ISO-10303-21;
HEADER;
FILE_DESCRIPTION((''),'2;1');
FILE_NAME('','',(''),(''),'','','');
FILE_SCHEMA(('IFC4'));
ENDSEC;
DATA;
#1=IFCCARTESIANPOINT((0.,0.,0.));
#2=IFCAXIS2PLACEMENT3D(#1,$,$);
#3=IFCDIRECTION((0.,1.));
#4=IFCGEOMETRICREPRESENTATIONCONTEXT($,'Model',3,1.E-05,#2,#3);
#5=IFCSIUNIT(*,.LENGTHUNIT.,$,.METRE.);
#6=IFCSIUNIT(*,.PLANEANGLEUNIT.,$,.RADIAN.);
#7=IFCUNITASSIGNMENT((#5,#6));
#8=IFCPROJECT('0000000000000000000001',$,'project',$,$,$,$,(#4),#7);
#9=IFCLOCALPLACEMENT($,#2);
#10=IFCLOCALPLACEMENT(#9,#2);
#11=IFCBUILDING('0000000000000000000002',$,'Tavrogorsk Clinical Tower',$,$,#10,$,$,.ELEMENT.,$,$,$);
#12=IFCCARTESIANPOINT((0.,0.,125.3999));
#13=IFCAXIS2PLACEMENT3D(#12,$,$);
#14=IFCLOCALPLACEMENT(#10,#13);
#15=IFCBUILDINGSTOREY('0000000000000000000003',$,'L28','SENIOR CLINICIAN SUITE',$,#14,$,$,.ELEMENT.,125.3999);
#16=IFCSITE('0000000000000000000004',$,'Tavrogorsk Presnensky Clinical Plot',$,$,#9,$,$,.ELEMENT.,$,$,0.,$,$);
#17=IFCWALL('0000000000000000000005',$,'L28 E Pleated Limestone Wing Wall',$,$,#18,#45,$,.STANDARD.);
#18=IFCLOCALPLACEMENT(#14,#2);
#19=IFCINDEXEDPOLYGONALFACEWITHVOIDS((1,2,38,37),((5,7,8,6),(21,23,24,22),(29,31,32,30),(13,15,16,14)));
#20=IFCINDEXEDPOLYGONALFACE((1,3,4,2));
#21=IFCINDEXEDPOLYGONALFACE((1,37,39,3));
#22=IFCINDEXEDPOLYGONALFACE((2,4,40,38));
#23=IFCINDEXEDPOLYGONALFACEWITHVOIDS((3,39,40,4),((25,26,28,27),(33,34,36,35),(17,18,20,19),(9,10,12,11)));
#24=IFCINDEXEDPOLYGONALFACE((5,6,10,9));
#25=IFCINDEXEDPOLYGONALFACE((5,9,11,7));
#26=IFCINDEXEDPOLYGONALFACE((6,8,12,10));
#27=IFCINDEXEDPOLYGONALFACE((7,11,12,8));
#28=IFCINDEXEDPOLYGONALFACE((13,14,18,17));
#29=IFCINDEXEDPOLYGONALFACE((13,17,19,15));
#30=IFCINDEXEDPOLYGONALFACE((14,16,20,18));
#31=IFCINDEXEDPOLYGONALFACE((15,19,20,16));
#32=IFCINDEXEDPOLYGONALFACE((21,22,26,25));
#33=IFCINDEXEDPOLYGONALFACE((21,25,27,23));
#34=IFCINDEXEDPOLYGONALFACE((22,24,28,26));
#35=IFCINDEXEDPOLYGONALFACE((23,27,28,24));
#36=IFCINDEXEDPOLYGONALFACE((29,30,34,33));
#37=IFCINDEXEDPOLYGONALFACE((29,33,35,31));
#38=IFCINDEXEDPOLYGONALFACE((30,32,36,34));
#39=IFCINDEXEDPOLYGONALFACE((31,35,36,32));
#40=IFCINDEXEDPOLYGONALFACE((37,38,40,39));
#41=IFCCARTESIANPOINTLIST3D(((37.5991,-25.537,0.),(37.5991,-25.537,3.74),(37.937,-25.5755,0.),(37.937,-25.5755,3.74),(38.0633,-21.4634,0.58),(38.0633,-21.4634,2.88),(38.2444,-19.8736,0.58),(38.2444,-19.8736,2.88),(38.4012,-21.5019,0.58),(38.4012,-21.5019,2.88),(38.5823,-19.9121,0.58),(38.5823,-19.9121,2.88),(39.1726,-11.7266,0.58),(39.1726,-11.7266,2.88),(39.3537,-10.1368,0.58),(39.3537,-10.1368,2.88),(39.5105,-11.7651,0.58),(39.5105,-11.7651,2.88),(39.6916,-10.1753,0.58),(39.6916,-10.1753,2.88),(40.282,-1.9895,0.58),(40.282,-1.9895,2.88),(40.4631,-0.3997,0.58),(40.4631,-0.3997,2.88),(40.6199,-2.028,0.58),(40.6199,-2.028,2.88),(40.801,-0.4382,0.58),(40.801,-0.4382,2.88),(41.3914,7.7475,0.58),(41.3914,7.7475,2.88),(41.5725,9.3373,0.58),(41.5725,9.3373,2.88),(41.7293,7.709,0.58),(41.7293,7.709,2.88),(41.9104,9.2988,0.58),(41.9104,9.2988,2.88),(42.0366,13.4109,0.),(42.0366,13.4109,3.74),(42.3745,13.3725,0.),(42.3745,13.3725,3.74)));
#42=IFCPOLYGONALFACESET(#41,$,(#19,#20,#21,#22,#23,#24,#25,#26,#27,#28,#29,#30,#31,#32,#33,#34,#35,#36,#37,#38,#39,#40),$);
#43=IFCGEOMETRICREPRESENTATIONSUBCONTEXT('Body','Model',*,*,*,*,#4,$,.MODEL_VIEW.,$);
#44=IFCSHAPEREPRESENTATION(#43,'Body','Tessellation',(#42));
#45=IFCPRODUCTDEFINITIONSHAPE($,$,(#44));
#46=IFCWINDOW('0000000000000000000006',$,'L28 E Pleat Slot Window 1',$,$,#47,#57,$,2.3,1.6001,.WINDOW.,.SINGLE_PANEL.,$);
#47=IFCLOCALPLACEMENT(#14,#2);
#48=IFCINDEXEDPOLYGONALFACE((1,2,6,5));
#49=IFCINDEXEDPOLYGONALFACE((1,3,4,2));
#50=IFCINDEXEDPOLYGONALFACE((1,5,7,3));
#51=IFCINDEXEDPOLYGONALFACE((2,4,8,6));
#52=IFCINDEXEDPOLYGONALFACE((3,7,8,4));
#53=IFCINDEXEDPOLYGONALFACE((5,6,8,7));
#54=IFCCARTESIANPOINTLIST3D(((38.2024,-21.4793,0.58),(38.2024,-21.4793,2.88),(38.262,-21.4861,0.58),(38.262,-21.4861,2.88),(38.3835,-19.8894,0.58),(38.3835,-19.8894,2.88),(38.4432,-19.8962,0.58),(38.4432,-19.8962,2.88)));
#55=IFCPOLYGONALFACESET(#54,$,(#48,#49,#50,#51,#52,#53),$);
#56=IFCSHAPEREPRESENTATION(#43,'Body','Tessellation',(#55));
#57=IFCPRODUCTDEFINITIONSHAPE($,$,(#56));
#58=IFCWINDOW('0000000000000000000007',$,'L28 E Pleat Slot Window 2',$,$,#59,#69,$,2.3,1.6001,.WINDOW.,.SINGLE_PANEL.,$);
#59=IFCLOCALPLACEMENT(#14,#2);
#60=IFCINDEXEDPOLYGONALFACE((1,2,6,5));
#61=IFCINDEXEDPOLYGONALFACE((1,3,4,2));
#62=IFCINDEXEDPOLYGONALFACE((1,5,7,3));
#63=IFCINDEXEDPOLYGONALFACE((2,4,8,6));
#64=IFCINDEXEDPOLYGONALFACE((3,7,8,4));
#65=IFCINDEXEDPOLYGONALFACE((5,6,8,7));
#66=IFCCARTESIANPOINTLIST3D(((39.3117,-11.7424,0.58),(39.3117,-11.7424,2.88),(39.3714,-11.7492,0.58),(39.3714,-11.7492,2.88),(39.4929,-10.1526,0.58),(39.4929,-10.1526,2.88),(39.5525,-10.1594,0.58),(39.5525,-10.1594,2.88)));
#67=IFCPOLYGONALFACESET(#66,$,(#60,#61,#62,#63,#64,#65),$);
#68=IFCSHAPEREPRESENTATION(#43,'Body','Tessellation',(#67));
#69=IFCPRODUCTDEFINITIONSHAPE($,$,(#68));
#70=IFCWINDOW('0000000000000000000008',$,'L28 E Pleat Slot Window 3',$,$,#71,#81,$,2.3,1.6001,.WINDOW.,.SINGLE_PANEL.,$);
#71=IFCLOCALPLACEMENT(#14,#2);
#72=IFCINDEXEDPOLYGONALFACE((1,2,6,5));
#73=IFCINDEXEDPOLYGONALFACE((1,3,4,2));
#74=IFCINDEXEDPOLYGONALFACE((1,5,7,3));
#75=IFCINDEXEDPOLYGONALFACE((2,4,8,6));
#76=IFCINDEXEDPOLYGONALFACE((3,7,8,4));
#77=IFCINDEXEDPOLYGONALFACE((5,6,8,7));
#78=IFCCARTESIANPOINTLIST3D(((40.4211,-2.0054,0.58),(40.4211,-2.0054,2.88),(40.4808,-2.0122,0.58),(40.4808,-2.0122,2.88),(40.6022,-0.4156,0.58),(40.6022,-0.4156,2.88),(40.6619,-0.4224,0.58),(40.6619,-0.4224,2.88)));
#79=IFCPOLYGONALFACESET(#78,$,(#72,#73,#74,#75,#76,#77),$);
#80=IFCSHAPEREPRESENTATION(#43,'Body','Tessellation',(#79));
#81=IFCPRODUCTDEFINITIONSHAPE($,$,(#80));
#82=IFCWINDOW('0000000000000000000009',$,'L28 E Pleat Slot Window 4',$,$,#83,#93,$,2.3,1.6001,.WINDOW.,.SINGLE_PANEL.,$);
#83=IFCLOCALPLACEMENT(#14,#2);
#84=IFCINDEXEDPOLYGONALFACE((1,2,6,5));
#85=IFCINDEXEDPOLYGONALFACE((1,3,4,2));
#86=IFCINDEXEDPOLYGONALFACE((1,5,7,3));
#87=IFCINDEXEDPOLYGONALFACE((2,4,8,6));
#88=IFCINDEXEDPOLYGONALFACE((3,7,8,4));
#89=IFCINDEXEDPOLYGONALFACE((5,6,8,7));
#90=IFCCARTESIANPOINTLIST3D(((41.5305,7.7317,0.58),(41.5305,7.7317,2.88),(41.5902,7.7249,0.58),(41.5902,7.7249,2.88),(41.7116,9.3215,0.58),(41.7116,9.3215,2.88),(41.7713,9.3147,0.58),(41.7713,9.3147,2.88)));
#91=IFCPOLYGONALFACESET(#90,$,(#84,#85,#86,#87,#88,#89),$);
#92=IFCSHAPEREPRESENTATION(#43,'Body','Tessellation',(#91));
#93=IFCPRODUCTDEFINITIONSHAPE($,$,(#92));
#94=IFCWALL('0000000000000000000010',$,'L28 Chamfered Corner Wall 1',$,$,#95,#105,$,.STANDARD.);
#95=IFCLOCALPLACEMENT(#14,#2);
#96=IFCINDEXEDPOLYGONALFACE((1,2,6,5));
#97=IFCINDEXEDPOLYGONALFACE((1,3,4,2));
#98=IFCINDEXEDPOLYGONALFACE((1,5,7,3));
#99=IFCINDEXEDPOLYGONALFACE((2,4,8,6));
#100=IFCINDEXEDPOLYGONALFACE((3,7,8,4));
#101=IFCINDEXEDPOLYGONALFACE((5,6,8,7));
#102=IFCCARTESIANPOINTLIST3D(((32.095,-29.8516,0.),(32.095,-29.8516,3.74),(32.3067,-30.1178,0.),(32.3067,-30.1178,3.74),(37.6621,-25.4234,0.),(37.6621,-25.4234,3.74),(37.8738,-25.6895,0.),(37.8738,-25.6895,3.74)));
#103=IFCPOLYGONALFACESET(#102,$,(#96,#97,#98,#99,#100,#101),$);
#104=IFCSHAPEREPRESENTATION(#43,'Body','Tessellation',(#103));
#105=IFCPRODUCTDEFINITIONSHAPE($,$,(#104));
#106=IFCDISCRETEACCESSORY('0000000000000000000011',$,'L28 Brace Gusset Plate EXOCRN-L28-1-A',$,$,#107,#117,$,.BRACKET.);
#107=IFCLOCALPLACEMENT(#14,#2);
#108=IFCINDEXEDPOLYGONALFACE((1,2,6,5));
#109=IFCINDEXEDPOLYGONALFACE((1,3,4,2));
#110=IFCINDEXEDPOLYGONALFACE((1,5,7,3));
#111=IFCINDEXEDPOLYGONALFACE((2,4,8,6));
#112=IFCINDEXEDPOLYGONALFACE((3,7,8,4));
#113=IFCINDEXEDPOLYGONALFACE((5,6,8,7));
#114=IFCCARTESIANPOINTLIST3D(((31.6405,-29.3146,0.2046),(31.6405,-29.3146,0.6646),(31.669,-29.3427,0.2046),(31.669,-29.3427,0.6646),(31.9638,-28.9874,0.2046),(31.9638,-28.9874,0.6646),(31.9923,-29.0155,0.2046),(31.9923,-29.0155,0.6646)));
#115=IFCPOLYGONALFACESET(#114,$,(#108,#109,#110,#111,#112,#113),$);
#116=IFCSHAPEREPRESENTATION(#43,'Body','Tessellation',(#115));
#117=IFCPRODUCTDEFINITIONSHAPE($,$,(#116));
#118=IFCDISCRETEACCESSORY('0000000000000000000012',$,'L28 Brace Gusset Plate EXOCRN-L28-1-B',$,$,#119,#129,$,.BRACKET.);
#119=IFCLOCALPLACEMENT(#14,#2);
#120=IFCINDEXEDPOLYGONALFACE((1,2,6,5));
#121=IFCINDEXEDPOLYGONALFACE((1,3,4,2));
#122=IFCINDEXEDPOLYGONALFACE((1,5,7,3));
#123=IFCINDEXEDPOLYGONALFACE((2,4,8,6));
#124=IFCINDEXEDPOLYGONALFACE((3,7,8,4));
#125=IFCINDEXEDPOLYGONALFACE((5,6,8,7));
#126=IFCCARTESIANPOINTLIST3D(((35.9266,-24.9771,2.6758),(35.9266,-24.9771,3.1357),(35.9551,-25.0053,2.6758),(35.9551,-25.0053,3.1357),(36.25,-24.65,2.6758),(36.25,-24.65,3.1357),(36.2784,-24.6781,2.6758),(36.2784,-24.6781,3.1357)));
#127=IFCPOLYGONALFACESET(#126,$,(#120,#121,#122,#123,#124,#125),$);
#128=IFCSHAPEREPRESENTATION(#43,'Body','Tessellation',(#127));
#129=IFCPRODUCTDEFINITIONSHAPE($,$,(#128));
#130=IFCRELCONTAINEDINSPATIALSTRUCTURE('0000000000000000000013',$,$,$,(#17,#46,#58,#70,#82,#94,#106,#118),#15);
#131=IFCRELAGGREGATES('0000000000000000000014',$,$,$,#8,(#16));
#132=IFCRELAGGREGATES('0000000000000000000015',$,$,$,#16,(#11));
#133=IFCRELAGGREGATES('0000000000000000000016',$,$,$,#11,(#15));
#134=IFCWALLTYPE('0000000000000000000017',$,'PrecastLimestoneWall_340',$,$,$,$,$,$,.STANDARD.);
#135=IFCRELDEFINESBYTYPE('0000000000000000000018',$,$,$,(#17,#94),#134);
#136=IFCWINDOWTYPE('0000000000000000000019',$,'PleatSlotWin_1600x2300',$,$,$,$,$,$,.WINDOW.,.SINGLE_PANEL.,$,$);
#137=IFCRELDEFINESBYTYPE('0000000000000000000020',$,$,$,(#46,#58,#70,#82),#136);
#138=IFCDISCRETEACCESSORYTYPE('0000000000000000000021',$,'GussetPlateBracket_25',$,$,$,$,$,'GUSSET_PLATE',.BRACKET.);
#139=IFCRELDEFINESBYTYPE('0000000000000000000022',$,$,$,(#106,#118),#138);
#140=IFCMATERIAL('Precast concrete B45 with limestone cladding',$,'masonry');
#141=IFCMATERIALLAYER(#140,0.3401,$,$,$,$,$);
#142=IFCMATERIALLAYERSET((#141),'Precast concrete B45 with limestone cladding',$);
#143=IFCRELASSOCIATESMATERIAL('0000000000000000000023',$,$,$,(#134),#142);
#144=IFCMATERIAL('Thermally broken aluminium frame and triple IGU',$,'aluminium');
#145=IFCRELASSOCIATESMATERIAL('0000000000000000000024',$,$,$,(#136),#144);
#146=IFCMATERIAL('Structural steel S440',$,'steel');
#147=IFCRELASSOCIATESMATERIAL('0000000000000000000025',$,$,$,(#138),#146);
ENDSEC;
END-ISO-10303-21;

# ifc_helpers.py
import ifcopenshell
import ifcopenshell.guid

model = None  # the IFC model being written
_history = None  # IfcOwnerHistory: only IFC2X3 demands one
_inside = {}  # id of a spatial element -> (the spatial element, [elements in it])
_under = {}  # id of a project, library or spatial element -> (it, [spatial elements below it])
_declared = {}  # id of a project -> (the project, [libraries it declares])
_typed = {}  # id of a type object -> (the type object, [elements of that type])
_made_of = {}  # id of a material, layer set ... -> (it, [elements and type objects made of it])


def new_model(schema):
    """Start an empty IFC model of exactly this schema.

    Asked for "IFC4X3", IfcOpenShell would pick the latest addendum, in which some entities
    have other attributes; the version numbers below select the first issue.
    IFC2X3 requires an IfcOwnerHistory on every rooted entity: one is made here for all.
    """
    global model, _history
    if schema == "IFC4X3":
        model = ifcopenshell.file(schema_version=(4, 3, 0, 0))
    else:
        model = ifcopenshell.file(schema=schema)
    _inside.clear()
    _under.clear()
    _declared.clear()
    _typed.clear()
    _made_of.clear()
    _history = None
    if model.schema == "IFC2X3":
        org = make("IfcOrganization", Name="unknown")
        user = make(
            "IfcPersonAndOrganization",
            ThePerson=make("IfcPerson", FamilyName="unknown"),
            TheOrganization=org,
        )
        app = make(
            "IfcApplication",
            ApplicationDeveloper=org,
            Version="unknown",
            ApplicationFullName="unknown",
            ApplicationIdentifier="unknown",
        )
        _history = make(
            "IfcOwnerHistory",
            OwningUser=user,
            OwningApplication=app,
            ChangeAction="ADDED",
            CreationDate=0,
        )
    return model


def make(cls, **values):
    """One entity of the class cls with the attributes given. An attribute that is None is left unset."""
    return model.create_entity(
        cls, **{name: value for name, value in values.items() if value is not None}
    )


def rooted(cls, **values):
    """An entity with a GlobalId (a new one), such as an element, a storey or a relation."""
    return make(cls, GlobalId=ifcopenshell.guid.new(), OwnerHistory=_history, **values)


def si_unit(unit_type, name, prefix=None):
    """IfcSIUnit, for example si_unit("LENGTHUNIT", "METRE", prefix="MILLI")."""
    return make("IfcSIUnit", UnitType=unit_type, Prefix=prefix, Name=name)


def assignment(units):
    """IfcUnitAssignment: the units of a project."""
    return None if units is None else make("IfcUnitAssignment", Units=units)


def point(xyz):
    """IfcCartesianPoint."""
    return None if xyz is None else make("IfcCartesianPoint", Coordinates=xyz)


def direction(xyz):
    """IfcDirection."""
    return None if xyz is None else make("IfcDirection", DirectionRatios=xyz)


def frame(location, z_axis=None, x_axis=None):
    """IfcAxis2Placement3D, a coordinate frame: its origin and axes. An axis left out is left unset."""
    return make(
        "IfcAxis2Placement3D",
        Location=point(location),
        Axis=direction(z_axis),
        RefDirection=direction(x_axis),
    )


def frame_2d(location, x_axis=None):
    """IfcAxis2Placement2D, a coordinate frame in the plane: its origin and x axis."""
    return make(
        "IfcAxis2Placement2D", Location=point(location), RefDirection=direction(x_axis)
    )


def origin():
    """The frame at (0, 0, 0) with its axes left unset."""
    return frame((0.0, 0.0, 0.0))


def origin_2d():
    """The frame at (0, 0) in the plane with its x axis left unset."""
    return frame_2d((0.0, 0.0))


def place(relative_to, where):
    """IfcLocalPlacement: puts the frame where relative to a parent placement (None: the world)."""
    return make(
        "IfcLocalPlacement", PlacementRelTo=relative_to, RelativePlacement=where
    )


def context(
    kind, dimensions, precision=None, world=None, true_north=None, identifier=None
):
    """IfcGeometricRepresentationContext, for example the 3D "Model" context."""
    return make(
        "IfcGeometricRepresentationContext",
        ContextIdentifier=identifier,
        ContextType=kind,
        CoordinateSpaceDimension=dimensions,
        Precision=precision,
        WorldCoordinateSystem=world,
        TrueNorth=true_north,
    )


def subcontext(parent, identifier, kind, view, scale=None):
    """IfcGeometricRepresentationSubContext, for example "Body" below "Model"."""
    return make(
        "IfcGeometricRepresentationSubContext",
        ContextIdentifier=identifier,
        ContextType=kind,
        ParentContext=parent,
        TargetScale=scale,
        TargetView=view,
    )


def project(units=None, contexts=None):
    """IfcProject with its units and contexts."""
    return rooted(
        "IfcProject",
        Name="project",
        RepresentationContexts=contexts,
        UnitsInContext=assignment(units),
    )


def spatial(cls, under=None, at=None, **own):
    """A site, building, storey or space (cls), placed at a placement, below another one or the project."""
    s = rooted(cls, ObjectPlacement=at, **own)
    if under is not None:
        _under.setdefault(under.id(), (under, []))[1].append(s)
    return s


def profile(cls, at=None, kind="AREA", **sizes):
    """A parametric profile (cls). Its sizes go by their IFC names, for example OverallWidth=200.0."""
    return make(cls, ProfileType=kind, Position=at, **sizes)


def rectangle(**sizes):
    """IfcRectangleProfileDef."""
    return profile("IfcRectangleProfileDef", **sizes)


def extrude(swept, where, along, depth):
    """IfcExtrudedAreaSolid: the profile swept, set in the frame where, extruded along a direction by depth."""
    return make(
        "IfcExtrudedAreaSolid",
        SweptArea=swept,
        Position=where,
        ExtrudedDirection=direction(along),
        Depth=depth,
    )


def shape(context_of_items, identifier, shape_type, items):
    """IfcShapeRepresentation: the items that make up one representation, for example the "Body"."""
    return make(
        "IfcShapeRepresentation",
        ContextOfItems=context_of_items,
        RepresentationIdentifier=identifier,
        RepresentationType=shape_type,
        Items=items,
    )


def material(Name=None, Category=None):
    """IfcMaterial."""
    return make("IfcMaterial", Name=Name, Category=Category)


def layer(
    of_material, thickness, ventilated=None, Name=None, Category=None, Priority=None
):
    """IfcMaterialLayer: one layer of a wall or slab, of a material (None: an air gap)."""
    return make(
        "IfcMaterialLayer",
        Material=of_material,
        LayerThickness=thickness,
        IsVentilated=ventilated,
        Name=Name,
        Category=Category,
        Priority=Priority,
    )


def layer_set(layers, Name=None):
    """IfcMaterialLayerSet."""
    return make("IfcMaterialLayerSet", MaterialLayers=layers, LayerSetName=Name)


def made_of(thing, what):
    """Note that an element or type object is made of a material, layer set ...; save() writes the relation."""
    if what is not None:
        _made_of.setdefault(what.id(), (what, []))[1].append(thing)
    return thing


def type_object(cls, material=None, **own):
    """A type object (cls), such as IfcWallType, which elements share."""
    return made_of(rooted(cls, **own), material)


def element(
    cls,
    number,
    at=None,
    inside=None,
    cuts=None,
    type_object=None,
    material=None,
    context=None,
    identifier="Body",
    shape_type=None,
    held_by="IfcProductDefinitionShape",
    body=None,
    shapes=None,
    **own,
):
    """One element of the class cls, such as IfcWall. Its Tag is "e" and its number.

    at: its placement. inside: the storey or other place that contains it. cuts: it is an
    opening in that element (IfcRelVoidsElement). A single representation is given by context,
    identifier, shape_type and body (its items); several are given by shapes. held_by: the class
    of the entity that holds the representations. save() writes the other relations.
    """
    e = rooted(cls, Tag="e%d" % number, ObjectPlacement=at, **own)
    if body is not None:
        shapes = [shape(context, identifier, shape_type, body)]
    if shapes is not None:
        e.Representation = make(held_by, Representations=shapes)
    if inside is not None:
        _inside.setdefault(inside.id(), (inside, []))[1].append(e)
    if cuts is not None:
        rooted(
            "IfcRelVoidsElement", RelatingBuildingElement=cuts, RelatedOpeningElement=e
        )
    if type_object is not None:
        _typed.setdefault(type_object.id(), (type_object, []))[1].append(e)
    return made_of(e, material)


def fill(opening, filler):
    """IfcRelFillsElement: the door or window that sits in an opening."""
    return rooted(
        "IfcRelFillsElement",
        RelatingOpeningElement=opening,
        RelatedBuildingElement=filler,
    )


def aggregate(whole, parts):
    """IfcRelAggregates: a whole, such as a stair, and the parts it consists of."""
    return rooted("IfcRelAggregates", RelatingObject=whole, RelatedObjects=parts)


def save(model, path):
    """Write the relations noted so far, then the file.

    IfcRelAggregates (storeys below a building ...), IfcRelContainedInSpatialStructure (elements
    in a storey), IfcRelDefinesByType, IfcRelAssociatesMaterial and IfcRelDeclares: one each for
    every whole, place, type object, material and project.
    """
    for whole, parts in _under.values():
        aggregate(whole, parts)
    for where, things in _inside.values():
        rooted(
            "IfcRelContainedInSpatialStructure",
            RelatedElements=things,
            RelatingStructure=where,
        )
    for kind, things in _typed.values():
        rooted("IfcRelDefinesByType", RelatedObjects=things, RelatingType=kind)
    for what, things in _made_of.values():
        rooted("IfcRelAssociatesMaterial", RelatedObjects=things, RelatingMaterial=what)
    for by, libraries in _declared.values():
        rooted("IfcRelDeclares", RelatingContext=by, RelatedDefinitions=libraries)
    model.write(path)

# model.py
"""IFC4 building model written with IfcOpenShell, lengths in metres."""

from ifc_helpers import new_model, si_unit, direction, frame, frame_2d, origin, origin_2d, place, context, subcontext, project, spatial, rectangle, extrude, material, layer, layer_set, type_object, element, fill, save


model = new_model("IFC4")

# Units and contexts
model_context = context("Model", 3, precision=1e-05, world=origin(), true_north=direction((0.0, 1.0)))
body_context = subcontext(model_context, "Body", "Model", "MODEL_VIEW")
ifc_project = project(units=[si_unit("LENGTHUNIT", "METRE"), si_unit("PLANEANGLEUNIT", "RADIAN")], contexts=[model_context])

# Site, building, storey
site_placement = place(None, origin())
site = spatial("IfcSite", under=ifc_project, at=site_placement, Name="Tavrogorsk Presnensky Clinical Plot", CompositionType="ELEMENT", RefElevation=0.0)
building_placement = place(site_placement, origin())
building = spatial("IfcBuilding", under=site, at=building_placement, Name="Tavrogorsk Clinical Tower", CompositionType="ELEMENT")
storey_placement = place(building_placement, frame((0.0, 0.0, 125.3999)))
storey = spatial("IfcBuildingStorey", under=building, at=storey_placement, Name="L28", Description="SENIOR CLINICIAN SUITE", CompositionType="ELEMENT", Elevation=125.3999)

# Wall, openings, windows
ifc_material_1 = material(Name="Precast concrete B45 with limestone cladding", Category="masonry")
ifc_layer_1 = layer(ifc_material_1, 0.3401)
ifc_layer_set_1 = layer_set([ifc_layer_1], Name="Precast concrete B45 with limestone cladding")
wall_type_1 = type_object("IfcWallType", Name="PrecastLimestoneWall_340", PredefinedType="STANDARD", material=ifc_layer_set_1)
wall_1_placement = place(storey_placement, frame((37.7681, -25.5564, 0.0), z_axis=(0.0, 0.0, 1.0), x_axis=(0.113202, 0.993572, 0.0)))
wall_1 = element("IfcWall", 1, at=wall_1_placement, inside=storey, type_object=wall_type_1, Name="L28 E Pleated Limestone Wing Wall", PredefinedType="STANDARD", context=body_context, shape_type="SweptSolid", body=[
    extrude(rectangle(XDim=39.2, YDim=0.3401, at=frame_2d((19.6001, 0.0))), origin(), (0.0, 0.0, 1.0), 3.74),
])
opening_1_placement = place(wall_1_placement, frame((4.1001, 0.0, 0.5801)))
opening_1 = element("IfcOpeningElement", 2, at=opening_1_placement, cuts=wall_1, PredefinedType="OPENING", context=body_context, shape_type="SweptSolid", body=[
    extrude(rectangle(XDim=1.6001, YDim=2.3, at=frame_2d((0.8, 1.1499))), frame((0.0, 0.1799, 0.0), z_axis=(0.0, -1.0, 0.0), x_axis=(1.0, 0.0, 0.0)), (0.0, 0.0, 1.0), 0.3601),
])
opening_2_placement = place(wall_1_placement, frame((13.8999, 0.0, 0.5801)))
opening_2 = element("IfcOpeningElement", 3, at=opening_2_placement, cuts=wall_1, PredefinedType="OPENING", context=body_context, shape_type="SweptSolid", body=[
    extrude(rectangle(XDim=1.6001, YDim=2.3, at=frame_2d((0.8, 1.1499))), frame((0.0, 0.1799, 0.0), z_axis=(0.0, -1.0, 0.0), x_axis=(1.0, 0.0, 0.0)), (0.0, 0.0, 1.0), 0.3601),
])
opening_3_placement = place(wall_1_placement, frame((23.7, 0.0, 0.5801)))
opening_3 = element("IfcOpeningElement", 4, at=opening_3_placement, cuts=wall_1, PredefinedType="OPENING", context=body_context, shape_type="SweptSolid", body=[
    extrude(rectangle(XDim=1.6001, YDim=2.3, at=frame_2d((0.8, 1.1499))), frame((0.0, 0.1799, 0.0), z_axis=(0.0, -1.0, 0.0), x_axis=(1.0, 0.0, 0.0)), (0.0, 0.0, 1.0), 0.3601),
])
opening_4_placement = place(wall_1_placement, frame((33.5, 0.0, 0.5801)))
opening_4 = element("IfcOpeningElement", 5, at=opening_4_placement, cuts=wall_1, PredefinedType="OPENING", context=body_context, shape_type="SweptSolid", body=[
    extrude(rectangle(XDim=1.6001, YDim=2.3, at=frame_2d((0.8, 1.1499))), frame((0.0, 0.1799, 0.0), z_axis=(0.0, -1.0, 0.0), x_axis=(1.0, 0.0, 0.0)), (0.0, 0.0, 1.0), 0.3601),
])
ifc_material_2 = material(Name="Thermally broken aluminium frame and triple IGU", Category="aluminium")
window_type = type_object("IfcWindowType", Name="PleatSlotWin_1600x2300", PartitioningType="SINGLE_PANEL", PredefinedType="WINDOW", material=ifc_material_2)
window_1_placement = place(opening_1_placement, origin())
window_1 = element("IfcWindow", 6, at=window_1_placement, inside=storey, type_object=window_type, Name="L28 E Pleat Slot Window 1", OverallHeight=2.3, OverallWidth=1.6001, PartitioningType="SINGLE_PANEL", PredefinedType="WINDOW", context=body_context, shape_type="SweptSolid", body=[
    extrude(rectangle(XDim=1.6001, YDim=2.3, at=frame_2d((0.8, 1.1499))), frame((0.0, 0.03, 0.0), z_axis=(0.0, -1.0, 0.0), x_axis=(1.0, 0.0, 0.0)), (0.0, 0.0, 1.0), 0.0601),
])
fill(opening_1, window_1)
window_2_placement = place(opening_2_placement, origin())
window_2 = element("IfcWindow", 7, at=window_2_placement, inside=storey, type_object=window_type, Name="L28 E Pleat Slot Window 2", OverallHeight=2.3, OverallWidth=1.6001, PartitioningType="SINGLE_PANEL", PredefinedType="WINDOW", context=body_context, shape_type="SweptSolid", body=[
    extrude(rectangle(XDim=1.6001, YDim=2.3, at=frame_2d((0.8, 1.1499))), frame((0.0, 0.03, 0.0), z_axis=(0.0, -1.0, 0.0), x_axis=(1.0, 0.0, 0.0)), (0.0, 0.0, 1.0), 0.0601),
])
fill(opening_2, window_2)
window_3_placement = place(opening_3_placement, origin())
window_3 = element("IfcWindow", 8, at=window_3_placement, inside=storey, type_object=window_type, Name="L28 E Pleat Slot Window 3", OverallHeight=2.3, OverallWidth=1.6001, PartitioningType="SINGLE_PANEL", PredefinedType="WINDOW", context=body_context, shape_type="SweptSolid", body=[
    extrude(rectangle(XDim=1.6001, YDim=2.3, at=frame_2d((0.8, 1.1499))), frame((0.0, 0.03, 0.0), z_axis=(0.0, -1.0, 0.0), x_axis=(1.0, 0.0, 0.0)), (0.0, 0.0, 1.0), 0.0601),
])
fill(opening_3, window_3)
window_4_placement = place(opening_4_placement, origin())
window_4 = element("IfcWindow", 9, at=window_4_placement, inside=storey, type_object=window_type, Name="L28 E Pleat Slot Window 4", OverallHeight=2.3, OverallWidth=1.6001, PartitioningType="SINGLE_PANEL", PredefinedType="WINDOW", context=body_context, shape_type="SweptSolid", body=[
    extrude(rectangle(XDim=1.6001, YDim=2.3, at=frame_2d((0.8, 1.1499))), frame((0.0, 0.03, 0.0), z_axis=(0.0, -1.0, 0.0), x_axis=(1.0, 0.0, 0.0)), (0.0, 0.0, 1.0), 0.0601),
])
fill(opening_4, window_4)

# Wall
wall_2_placement = place(storey_placement, frame((32.2009, -29.9846, 0.0), z_axis=(0.0, 0.0, 1.0), x_axis=(0.782614, 0.622508, 0.0)))
element("IfcWall", 10, at=wall_2_placement, inside=storey, type_object=wall_type_1, Name="L28 Chamfered Corner Wall 1", PredefinedType="STANDARD", context=body_context, shape_type="SweptSolid", body=[
    extrude(rectangle(XDim=7.1135, YDim=0.3401, at=frame_2d((3.5566, 0.0))), origin(), (0.0, 0.0, 1.0), 3.74),
])

# Discrete accessories
ifc_material_3 = material(Name="Structural steel S440", Category="steel")
discrete_accessory_type = type_object("IfcDiscreteAccessoryType", Name="GussetPlateBracket_25", ElementType="GUSSET_PLATE", PredefinedType="BRACKET", material=ifc_material_3)
for number, where, z_axis, x_axis, name in (
    (11, (31.8164, -29.165, 0.2046), (0.0, 0.0, 1.0), (0.702898, 0.71129, 0.0), "L28 Brace Gusset Plate EXOCRN-L28-1-A"),
    (12, (36.1025, -24.8276, 2.6758), (0.0, 0.0, 1.0), (0.702898, 0.71129, 0.0), "L28 Brace Gusset Plate EXOCRN-L28-1-B"),
):
    element("IfcDiscreteAccessory", number, at=place(storey_placement, frame(where, z_axis=z_axis, x_axis=x_axis)), inside=storey, type_object=discrete_accessory_type, Name=name, PredefinedType="BRACKET", context=body_context, shape_type="SweptSolid", body=[
        extrude(rectangle(XDim=0.46, YDim=0.04, at=origin_2d()), origin(), (0.0, 0.0, 1.0), 0.46),
    ])

save(model, "model.ifc")
